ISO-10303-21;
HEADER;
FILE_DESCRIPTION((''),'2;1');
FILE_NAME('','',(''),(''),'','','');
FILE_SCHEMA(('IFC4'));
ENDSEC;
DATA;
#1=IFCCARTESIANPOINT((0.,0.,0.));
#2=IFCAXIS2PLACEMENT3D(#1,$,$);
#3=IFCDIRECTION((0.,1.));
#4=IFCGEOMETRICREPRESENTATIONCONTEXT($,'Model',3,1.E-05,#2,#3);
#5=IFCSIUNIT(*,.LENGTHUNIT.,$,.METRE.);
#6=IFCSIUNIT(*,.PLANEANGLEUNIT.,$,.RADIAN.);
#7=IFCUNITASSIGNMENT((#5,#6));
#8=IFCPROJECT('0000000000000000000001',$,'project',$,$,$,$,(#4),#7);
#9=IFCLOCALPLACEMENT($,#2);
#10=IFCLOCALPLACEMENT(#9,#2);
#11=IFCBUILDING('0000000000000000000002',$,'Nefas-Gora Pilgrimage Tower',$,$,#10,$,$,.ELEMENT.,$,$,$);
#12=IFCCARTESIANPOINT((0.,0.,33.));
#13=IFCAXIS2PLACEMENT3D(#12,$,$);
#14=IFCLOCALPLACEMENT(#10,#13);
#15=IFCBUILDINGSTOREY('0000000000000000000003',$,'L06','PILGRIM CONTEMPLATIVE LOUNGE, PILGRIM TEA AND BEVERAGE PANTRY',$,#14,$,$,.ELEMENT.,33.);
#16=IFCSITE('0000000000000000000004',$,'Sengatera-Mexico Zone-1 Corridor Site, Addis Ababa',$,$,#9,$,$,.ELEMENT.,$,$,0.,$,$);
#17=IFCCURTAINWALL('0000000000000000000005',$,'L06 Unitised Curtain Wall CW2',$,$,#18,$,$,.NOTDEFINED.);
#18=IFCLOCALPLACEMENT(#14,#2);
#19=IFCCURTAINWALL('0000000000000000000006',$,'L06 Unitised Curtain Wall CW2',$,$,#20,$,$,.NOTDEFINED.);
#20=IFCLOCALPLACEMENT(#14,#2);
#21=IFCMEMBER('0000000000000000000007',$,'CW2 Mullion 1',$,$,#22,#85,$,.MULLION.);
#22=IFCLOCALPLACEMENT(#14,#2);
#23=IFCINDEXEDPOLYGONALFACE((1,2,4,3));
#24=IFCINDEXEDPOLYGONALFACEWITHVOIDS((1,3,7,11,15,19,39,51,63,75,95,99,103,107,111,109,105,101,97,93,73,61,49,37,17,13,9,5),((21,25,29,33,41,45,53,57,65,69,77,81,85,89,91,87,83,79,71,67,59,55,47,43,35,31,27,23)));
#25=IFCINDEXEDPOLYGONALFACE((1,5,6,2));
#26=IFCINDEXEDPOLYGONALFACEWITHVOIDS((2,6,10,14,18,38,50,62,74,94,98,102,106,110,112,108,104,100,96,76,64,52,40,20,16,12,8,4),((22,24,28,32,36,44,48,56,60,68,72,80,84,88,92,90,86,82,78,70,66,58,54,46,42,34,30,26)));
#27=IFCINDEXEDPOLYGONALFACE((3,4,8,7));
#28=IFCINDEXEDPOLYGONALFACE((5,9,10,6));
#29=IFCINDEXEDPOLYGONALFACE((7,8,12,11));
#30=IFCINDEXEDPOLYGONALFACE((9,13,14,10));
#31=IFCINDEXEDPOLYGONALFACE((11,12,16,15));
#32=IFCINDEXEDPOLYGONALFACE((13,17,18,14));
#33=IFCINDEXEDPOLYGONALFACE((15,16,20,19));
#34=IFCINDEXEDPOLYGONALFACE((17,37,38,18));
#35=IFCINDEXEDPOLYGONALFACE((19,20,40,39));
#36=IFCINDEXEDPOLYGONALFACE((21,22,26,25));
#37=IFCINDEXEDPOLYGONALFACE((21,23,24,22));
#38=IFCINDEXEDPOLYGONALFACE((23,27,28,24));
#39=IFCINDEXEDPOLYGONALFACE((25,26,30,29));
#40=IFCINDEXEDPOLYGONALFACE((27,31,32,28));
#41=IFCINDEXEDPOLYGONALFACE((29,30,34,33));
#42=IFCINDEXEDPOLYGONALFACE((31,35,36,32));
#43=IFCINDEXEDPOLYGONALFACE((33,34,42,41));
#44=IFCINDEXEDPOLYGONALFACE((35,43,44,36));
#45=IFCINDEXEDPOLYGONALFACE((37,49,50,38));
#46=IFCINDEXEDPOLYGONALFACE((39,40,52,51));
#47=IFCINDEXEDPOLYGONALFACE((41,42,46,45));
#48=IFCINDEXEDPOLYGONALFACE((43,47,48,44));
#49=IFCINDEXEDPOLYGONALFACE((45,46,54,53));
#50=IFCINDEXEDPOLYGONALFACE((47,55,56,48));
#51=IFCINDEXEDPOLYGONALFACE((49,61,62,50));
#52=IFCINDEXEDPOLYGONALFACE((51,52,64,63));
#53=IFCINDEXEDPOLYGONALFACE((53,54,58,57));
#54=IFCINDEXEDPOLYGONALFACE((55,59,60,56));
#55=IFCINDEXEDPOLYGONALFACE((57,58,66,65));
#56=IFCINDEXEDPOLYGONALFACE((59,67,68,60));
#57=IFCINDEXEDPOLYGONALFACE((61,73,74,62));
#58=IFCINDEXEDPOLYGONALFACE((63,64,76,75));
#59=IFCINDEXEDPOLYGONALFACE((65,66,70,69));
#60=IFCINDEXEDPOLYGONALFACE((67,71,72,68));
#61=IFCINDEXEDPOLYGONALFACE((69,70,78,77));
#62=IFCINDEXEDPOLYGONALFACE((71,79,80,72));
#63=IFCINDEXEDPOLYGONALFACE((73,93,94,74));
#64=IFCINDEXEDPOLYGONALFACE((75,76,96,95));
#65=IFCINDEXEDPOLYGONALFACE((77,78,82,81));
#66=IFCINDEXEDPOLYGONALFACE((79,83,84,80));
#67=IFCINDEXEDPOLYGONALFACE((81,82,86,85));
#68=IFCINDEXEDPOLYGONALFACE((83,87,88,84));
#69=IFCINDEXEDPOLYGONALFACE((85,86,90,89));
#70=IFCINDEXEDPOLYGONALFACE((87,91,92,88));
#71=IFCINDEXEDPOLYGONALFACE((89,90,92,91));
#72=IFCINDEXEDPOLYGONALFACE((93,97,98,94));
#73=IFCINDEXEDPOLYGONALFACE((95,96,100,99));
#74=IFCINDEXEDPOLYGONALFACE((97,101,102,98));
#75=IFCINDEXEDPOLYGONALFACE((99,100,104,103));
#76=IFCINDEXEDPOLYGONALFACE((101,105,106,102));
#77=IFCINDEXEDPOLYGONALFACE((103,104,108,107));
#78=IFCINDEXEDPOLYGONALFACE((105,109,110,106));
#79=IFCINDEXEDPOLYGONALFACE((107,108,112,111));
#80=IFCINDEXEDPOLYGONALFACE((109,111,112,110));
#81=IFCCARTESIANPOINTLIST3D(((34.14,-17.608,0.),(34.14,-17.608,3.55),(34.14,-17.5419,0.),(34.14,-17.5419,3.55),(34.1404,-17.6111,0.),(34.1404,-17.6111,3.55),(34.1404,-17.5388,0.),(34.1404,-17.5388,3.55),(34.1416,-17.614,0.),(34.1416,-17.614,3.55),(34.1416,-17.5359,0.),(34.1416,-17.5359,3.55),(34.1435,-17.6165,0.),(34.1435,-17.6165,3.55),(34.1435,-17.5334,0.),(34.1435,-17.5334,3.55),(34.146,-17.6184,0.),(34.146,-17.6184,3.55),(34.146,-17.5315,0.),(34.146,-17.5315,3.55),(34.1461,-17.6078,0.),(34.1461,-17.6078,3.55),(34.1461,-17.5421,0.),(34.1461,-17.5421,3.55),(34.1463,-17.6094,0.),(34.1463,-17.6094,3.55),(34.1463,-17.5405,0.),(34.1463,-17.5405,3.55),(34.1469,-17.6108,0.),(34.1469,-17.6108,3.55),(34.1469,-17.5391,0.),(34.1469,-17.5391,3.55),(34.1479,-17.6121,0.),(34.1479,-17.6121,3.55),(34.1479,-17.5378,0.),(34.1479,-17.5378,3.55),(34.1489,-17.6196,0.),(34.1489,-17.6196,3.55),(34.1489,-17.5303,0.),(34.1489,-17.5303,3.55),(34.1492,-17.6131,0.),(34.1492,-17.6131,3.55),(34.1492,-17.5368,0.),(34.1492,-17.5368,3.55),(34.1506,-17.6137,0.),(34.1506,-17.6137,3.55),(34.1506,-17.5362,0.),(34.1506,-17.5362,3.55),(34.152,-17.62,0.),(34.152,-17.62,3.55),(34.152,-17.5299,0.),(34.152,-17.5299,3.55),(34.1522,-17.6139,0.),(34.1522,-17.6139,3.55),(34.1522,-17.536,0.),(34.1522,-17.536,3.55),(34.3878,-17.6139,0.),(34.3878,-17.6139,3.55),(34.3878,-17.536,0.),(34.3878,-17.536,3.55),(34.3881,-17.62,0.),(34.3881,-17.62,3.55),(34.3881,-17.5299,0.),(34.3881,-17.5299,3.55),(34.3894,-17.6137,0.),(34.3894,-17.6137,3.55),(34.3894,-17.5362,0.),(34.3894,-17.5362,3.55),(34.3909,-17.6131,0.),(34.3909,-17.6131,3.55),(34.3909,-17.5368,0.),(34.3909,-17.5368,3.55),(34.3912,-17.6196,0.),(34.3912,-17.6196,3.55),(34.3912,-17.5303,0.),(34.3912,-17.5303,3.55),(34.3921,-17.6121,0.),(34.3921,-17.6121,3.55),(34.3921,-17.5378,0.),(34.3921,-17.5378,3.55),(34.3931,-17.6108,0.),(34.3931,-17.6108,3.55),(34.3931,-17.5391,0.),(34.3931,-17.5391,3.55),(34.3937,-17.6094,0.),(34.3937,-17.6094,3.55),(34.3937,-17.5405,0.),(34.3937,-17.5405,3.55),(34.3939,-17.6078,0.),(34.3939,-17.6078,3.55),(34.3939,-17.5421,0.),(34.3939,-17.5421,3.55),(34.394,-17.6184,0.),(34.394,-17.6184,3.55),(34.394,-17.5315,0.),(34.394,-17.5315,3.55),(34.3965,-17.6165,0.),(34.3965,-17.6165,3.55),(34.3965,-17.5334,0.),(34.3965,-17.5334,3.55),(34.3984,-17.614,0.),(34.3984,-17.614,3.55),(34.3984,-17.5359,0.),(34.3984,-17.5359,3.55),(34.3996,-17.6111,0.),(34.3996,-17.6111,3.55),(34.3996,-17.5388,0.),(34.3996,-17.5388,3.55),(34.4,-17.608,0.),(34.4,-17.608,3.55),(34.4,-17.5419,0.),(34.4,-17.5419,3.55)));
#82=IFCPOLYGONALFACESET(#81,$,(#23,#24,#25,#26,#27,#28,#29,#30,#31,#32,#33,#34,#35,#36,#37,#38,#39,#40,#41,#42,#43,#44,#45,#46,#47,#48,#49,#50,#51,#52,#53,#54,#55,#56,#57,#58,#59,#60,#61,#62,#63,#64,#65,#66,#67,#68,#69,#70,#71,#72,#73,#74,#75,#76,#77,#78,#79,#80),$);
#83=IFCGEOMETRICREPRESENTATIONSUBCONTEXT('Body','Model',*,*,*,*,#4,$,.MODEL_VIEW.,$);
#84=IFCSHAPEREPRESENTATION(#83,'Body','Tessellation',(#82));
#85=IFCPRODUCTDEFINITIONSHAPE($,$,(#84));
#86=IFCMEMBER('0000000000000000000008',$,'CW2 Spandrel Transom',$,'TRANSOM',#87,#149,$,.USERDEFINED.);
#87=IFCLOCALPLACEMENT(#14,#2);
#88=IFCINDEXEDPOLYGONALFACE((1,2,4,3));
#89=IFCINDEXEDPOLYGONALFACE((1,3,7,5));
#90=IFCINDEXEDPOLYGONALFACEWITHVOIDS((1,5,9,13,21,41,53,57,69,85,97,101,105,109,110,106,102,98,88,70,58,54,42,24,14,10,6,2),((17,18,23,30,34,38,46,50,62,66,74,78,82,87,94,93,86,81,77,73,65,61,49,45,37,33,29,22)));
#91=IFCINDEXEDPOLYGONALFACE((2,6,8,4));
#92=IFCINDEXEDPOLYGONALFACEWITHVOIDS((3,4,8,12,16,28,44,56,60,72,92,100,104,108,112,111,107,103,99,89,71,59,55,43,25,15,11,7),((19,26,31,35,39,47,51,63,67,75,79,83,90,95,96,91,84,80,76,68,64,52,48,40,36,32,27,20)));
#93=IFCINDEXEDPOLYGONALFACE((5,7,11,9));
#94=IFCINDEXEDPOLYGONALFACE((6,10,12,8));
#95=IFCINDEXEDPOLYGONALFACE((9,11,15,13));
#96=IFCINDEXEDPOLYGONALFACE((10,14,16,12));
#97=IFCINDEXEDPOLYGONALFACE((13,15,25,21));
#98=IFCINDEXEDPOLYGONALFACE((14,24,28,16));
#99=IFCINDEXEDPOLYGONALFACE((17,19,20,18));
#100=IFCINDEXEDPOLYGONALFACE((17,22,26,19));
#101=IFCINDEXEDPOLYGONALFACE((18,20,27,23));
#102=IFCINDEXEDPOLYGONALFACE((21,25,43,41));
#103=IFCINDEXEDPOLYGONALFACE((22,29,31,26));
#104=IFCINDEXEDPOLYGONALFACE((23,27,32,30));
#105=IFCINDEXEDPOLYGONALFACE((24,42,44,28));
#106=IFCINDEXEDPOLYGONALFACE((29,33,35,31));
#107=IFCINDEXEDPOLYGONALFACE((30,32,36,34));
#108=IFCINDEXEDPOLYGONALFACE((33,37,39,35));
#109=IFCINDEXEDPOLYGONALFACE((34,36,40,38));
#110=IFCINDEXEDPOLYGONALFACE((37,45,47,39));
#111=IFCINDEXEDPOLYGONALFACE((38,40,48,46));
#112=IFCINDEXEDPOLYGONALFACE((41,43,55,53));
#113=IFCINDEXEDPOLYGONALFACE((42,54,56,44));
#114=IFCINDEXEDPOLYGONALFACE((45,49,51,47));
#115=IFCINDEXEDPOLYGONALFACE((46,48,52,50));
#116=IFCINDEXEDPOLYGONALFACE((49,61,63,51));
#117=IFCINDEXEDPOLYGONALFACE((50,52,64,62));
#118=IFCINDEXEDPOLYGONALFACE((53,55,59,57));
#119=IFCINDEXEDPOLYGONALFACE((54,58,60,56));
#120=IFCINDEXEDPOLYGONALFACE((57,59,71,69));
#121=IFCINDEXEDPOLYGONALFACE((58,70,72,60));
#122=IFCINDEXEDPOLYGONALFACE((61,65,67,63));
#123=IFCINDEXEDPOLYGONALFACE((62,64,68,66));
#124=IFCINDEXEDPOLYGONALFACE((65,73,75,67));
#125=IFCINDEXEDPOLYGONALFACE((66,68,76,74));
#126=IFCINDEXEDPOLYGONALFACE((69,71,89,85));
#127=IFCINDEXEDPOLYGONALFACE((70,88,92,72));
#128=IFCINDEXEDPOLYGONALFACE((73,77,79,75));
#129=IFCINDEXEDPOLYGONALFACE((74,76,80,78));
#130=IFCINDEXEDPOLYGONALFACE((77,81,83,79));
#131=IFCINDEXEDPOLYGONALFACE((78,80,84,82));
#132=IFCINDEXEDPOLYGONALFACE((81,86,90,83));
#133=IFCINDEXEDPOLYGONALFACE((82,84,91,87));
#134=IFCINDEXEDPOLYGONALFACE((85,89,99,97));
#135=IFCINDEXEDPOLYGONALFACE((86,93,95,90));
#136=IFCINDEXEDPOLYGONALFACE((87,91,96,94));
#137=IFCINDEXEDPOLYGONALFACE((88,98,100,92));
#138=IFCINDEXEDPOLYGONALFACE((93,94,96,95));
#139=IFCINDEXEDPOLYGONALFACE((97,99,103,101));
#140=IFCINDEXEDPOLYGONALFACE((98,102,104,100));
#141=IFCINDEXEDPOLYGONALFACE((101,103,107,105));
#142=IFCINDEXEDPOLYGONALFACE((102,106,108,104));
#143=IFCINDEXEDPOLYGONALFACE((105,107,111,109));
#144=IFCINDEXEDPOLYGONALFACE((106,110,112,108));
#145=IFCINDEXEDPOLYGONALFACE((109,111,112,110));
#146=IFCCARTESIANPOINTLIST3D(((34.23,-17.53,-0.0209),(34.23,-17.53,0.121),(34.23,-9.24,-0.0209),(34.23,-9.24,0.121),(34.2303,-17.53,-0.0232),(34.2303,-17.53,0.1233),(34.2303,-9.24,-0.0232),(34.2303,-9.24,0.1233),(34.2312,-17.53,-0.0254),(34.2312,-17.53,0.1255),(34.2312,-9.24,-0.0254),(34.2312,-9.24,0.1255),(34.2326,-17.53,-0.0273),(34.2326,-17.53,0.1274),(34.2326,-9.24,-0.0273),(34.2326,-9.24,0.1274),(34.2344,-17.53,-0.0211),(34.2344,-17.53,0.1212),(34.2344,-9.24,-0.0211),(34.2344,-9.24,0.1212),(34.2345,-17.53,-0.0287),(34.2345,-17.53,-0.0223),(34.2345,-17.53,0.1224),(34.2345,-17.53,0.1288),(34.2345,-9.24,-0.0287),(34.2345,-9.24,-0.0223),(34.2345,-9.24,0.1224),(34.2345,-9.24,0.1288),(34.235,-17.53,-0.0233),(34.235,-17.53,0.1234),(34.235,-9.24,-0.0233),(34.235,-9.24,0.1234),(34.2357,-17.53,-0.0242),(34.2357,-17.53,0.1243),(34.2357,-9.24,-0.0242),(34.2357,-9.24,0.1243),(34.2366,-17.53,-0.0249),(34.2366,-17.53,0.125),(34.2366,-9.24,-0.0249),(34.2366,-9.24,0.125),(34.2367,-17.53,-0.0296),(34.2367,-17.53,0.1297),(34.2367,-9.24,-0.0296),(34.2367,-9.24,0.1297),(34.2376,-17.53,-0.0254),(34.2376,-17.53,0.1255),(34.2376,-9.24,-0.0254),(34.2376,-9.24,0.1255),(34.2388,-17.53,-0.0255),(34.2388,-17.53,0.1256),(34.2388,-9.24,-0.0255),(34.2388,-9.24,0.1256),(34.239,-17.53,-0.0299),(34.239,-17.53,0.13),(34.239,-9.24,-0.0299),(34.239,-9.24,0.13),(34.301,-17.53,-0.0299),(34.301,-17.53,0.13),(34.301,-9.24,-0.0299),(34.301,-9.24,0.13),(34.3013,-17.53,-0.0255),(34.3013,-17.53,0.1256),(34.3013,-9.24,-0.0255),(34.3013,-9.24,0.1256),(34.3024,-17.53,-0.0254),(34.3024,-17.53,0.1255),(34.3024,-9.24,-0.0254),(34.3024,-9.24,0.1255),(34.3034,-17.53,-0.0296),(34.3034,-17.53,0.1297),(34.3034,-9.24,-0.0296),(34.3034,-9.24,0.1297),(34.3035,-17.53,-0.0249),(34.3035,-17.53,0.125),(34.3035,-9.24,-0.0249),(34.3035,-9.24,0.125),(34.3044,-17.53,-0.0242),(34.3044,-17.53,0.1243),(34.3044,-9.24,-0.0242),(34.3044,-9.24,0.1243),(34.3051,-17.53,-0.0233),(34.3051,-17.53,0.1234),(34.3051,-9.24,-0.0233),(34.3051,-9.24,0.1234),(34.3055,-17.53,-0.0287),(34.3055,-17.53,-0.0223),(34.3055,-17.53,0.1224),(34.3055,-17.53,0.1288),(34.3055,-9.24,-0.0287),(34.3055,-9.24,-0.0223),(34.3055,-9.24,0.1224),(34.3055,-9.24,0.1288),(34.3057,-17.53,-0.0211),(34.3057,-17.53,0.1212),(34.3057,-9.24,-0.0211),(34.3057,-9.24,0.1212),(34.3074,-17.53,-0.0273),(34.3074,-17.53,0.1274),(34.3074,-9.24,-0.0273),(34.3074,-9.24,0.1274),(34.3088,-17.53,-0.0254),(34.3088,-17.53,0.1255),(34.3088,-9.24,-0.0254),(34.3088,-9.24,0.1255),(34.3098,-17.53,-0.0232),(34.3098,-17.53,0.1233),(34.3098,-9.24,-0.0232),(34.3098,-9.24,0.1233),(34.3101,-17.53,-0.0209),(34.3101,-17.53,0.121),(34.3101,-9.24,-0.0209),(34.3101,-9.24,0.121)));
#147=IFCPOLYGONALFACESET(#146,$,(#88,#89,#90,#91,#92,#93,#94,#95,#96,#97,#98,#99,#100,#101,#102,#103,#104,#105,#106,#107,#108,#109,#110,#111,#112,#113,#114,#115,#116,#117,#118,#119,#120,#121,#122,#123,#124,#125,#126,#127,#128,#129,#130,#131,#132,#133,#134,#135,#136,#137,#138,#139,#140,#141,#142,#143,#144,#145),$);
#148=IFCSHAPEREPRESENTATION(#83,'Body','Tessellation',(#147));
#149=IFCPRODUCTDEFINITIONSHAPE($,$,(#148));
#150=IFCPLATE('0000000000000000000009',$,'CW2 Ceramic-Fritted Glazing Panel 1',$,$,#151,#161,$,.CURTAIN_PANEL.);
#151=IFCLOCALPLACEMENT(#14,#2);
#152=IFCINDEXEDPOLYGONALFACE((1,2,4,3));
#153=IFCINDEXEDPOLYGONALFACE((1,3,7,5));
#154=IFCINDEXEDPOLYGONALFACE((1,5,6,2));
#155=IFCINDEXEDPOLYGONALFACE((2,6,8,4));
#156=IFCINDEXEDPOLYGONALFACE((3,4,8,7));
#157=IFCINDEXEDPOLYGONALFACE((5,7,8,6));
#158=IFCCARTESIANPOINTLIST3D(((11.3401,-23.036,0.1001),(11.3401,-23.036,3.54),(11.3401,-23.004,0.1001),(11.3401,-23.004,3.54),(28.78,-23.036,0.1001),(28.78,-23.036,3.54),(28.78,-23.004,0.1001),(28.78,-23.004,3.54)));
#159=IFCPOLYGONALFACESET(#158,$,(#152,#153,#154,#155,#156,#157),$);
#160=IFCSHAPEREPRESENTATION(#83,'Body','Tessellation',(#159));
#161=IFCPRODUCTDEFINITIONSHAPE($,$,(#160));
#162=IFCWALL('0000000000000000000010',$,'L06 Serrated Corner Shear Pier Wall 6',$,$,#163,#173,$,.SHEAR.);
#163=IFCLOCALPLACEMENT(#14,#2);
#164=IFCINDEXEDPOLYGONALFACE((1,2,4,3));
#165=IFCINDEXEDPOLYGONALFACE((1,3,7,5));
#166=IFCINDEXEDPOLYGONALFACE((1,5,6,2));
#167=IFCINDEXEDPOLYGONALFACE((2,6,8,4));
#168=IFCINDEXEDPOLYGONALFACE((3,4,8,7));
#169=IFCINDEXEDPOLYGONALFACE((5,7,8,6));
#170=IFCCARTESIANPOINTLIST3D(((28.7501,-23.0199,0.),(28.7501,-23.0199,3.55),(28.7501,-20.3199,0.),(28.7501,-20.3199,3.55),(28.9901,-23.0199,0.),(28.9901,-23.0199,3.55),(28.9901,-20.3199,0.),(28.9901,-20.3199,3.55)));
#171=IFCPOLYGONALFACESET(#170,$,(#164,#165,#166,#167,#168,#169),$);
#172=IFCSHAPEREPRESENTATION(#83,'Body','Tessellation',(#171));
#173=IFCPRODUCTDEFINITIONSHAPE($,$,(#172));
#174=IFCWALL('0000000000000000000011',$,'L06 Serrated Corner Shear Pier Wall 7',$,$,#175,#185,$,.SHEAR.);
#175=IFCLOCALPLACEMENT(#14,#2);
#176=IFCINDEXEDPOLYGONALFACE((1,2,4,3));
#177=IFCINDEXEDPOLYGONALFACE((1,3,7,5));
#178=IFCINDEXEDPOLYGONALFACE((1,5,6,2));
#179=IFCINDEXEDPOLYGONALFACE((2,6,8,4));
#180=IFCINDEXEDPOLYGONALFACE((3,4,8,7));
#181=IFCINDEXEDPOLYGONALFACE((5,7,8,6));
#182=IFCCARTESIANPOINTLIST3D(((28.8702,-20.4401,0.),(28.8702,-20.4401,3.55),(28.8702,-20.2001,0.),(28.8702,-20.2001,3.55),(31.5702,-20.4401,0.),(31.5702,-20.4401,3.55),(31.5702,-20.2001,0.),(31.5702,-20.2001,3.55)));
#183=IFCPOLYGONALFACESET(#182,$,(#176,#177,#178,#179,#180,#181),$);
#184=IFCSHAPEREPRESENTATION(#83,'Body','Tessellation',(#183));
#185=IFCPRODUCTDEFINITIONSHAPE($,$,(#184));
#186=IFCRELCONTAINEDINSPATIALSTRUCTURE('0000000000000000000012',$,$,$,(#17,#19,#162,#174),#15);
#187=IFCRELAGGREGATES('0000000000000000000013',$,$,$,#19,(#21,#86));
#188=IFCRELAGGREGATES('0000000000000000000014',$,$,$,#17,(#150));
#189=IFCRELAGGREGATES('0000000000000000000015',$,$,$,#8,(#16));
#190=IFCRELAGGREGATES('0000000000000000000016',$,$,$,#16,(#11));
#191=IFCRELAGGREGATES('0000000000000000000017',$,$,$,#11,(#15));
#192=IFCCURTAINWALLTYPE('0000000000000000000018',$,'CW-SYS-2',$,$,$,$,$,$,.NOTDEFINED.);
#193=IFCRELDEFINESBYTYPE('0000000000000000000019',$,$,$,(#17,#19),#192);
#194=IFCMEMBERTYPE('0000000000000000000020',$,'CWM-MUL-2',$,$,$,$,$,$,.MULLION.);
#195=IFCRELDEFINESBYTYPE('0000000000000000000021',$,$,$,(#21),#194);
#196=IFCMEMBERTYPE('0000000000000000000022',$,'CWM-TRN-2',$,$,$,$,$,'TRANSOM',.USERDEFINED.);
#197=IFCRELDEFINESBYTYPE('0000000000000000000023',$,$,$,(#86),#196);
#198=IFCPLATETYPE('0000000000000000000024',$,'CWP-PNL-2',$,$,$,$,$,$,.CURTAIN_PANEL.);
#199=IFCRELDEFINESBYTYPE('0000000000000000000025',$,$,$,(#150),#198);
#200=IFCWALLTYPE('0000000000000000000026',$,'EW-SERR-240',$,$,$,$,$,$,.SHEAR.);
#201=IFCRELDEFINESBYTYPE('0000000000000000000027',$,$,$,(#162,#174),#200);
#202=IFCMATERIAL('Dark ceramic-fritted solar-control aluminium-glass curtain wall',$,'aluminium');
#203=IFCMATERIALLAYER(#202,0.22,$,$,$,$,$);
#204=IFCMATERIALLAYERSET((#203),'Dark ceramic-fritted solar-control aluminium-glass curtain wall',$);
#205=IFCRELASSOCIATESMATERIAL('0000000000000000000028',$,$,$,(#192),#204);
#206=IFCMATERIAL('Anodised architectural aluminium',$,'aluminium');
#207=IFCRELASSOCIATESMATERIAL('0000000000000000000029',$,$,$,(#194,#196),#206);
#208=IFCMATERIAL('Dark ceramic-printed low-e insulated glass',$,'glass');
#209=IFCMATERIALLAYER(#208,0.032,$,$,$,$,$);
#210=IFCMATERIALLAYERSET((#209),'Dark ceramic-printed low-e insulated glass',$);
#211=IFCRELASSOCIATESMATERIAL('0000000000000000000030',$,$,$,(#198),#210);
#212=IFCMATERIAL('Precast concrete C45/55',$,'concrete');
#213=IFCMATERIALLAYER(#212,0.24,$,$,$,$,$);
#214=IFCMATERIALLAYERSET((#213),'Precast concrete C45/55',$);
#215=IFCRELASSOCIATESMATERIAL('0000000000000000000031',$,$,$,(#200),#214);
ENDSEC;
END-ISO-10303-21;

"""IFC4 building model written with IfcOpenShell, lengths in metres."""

from ifc_helpers import new_model, si_unit, direction, frame, frame_2d, origin, origin_2d, place, context, subcontext, project, spatial, rectangle, hollow_rectangle, extrude, source, transform, mapped, material, layer, layer_set, material_profile, profile_set, type_object, element, aggregate, save


model = new_model("IFC4")

# Units and contexts
model_context = context("Model", 3, precision=1e-05, world=origin(), true_north=direction((0.0, 1.0)))
body_context = subcontext(model_context, "Body", "Model", "MODEL_VIEW")
ifc_project = project(units=[si_unit("LENGTHUNIT", "METRE"), si_unit("PLANEANGLEUNIT", "RADIAN")], contexts=[model_context])

# Site, building, storey
site_placement = place(None, origin())
site = spatial("IfcSite", under=ifc_project, at=site_placement, Name="Sengatera-Mexico Zone-1 Corridor Site, Addis Ababa", CompositionType="ELEMENT", RefElevation=0.0)
building_placement = place(site_placement, origin())
building = spatial("IfcBuilding", under=site, at=building_placement, Name="Nefas-Gora Pilgrimage Tower", CompositionType="ELEMENT")
storey_placement = place(building_placement, frame((0.0, 0.0, 33.0)))
storey = spatial("IfcBuildingStorey", under=building, at=storey_placement, Name="L06", Description="PILGRIM CONTEMPLATIVE LOUNGE, PILGRIM TEA AND BEVERAGE PANTRY", CompositionType="ELEMENT", Elevation=33.0)

# Curtain wall
ifc_material_1 = material(Name="Dark ceramic-fritted solar-control aluminium-glass curtain wall", Category="aluminium")
ifc_layer_1 = layer(ifc_material_1, 0.22)
ifc_layer_set_1 = layer_set([ifc_layer_1], Name="Dark ceramic-fritted solar-control aluminium-glass curtain wall")
curtain_wall_type = type_object("IfcCurtainWallType", Name="CW-SYS-2", PredefinedType="NOTDEFINED", material=ifc_layer_set_1)
curtain_wall_1_placement = place(storey_placement, origin())
curtain_wall_1 = element("IfcCurtainWall", 1, at=curtain_wall_1_placement, inside=storey, type_object=curtain_wall_type, Name="L06 Unitised Curtain Wall CW2", PredefinedType="NOTDEFINED")
ifc_material_2 = material(Name="Anodised architectural aluminium", Category="aluminium")
ifc_material_profile_1 = material_profile(ifc_material_2, hollow_rectangle(XDim=0.0901, YDim=0.26, WallThickness=0.0061, InnerFilletRadius=0.0061, OuterFilletRadius=0.012, at=origin_2d()), Name="ALU MULLION 90x260")
ifc_profile_set_1 = profile_set([ifc_material_profile_1], Name="Anodised architectural aluminium")
member_type_1 = type_object("IfcMemberType", Name="CWM-MUL-2", PredefinedType="MULLION", material=ifc_profile_set_1)
shared_shape_1 = source(origin(), body_context, "Body", "SweptSolid", [
    extrude(hollow_rectangle(XDim=0.0901, YDim=0.26, WallThickness=0.0061, InnerFilletRadius=0.0061, OuterFilletRadius=0.012, at=origin_2d()), origin(), (0.0, 0.0, 1.0), 3.55),
])

# Curtain wall, members
curtain_wall_2_placement = place(storey_placement, origin())
curtain_wall_2 = element("IfcCurtainWall", 2, at=curtain_wall_2_placement, inside=storey, type_object=curtain_wall_type, Name="L06 Unitised Curtain Wall CW2", PredefinedType="NOTDEFINED")
member_1_placement = place(storey_placement, frame((34.27, -17.575, 0.0), z_axis=(0.0, 0.0, 1.0), x_axis=(0.0, 1.0, 0.0)))
member_1 = element("IfcMember", 3, at=member_1_placement, type_object=member_type_1, Name="CW2 Mullion 1", PredefinedType="MULLION", context=body_context, shape_type="MappedRepresentation", body=[
    mapped(shared_shape_1, transform((0.0, 0.0, 0.0), x_axis=(1.0, 0.0, 0.0), y_axis=(0.0, 1.0, 0.0), z_axis=(0.0, 0.0, 1.0), scale=1.0)),
])
ifc_material_profile_2 = material_profile(ifc_material_2, hollow_rectangle(XDim=0.0801, YDim=0.1599, WallThickness=0.0044, InnerFilletRadius=0.0044, OuterFilletRadius=0.009, at=origin_2d()), Name="ALU TRANSOM 80x160")
ifc_profile_set_2 = profile_set([ifc_material_profile_2], Name="Anodised architectural aluminium")
member_type_2 = type_object("IfcMemberType", Name="CWM-TRN-2", ElementType="TRANSOM", PredefinedType="USERDEFINED", material=ifc_profile_set_2)
shared_shape_2 = source(origin(), body_context, "Body", "SweptSolid", [
    extrude(hollow_rectangle(XDim=0.0801, YDim=0.1599, WallThickness=0.0044, InnerFilletRadius=0.0044, OuterFilletRadius=0.009, at=origin_2d()), origin(), (0.0, 0.0, 1.0), 8.29),
])
member_2_placement = place(storey_placement, frame((34.27, -17.53, 0.05), z_axis=(0.0, 1.0, 0.0), x_axis=(-1.0, 0.0, 0.0)))
member_2 = element("IfcMember", 4, at=member_2_placement, type_object=member_type_2, Name="CW2 Spandrel Transom", ObjectType="TRANSOM", PredefinedType="USERDEFINED", context=body_context, shape_type="MappedRepresentation", body=[
    mapped(shared_shape_2, transform((0.0, 0.0, 0.0), x_axis=(1.0, 0.0, 0.0), y_axis=(0.0, 1.0, 0.0), z_axis=(0.0, 0.0, 1.0), scale=1.0)),
])
aggregate(curtain_wall_2, [member_1, member_2])

# Plate
ifc_material_3 = material(Name="Dark ceramic-printed low-e insulated glass", Category="glass")
ifc_layer_2 = layer(ifc_material_3, 0.032)
ifc_layer_set_2 = layer_set([ifc_layer_2], Name="Dark ceramic-printed low-e insulated glass")
plate_type = type_object("IfcPlateType", Name="CWP-PNL-2", PredefinedType="CURTAIN_PANEL", material=ifc_layer_set_2)
shared_shape_3 = source(origin(), body_context, "Body", "SweptSolid", [
    extrude(rectangle(XDim=17.4399, YDim=0.032, at=origin_2d()), origin(), (0.0, 0.0, 1.0), 3.4399),
])
plate_placement = place(storey_placement, frame((20.0601, -23.02, 0.1001), z_axis=(0.0, 0.0, 1.0), x_axis=(1.0, 0.0, 0.0)))
plate = element("IfcPlate", 5, at=plate_placement, type_object=plate_type, Name="CW2 Ceramic-Fritted Glazing Panel 1", PredefinedType="CURTAIN_PANEL", context=body_context, shape_type="MappedRepresentation", body=[
    mapped(shared_shape_3, transform((0.0, 0.0, 0.0), x_axis=(1.0, 0.0, 0.0), y_axis=(0.0, 1.0, 0.0), z_axis=(0.0, 0.0, 1.0), scale=1.0)),
])
aggregate(curtain_wall_1, [plate])

# Walls
ifc_material_4 = material(Name="Precast concrete C45/55", Category="concrete")
ifc_layer_3 = layer(ifc_material_4, 0.24)
ifc_layer_set_3 = layer_set([ifc_layer_3], Name="Precast concrete C45/55")
wall_type_1 = type_object("IfcWallType", Name="EW-SERR-240", PredefinedType="SHEAR", material=ifc_layer_set_3)
shared_shape_4 = source(origin(), body_context, "Body", "SweptSolid", [
    extrude(rectangle(XDim=2.7, YDim=0.24, at=frame_2d((1.3501, 0.0))), origin(), (0.0, 0.0, 1.0), 3.55),
])
for number, where, z_axis, x_axis, name in (
    (6, (28.8701, -23.02, 0.0), (0.0, 0.0, 1.0), (0.0, 1.0, 0.0), "L06 Serrated Corner Shear Pier Wall 6"),
    (7, (28.8701, -20.3201, 0.0), (0.0, 0.0, 1.0), (1.0, 0.0, 0.0), "L06 Serrated Corner Shear Pier Wall 7"),
):
    element("IfcWall", number, at=place(storey_placement, frame(where, z_axis=z_axis, x_axis=x_axis)), inside=storey, type_object=wall_type_1, Name=name, PredefinedType="SHEAR", context=body_context, shape_type="MappedRepresentation", body=[
        mapped(shared_shape_4, transform((0.0, 0.0, 0.0), x_axis=(1.0, 0.0, 0.0), y_axis=(0.0, 1.0, 0.0), z_axis=(0.0, 0.0, 1.0), scale=1.0)),
    ])

save(model, "model.ifc")
